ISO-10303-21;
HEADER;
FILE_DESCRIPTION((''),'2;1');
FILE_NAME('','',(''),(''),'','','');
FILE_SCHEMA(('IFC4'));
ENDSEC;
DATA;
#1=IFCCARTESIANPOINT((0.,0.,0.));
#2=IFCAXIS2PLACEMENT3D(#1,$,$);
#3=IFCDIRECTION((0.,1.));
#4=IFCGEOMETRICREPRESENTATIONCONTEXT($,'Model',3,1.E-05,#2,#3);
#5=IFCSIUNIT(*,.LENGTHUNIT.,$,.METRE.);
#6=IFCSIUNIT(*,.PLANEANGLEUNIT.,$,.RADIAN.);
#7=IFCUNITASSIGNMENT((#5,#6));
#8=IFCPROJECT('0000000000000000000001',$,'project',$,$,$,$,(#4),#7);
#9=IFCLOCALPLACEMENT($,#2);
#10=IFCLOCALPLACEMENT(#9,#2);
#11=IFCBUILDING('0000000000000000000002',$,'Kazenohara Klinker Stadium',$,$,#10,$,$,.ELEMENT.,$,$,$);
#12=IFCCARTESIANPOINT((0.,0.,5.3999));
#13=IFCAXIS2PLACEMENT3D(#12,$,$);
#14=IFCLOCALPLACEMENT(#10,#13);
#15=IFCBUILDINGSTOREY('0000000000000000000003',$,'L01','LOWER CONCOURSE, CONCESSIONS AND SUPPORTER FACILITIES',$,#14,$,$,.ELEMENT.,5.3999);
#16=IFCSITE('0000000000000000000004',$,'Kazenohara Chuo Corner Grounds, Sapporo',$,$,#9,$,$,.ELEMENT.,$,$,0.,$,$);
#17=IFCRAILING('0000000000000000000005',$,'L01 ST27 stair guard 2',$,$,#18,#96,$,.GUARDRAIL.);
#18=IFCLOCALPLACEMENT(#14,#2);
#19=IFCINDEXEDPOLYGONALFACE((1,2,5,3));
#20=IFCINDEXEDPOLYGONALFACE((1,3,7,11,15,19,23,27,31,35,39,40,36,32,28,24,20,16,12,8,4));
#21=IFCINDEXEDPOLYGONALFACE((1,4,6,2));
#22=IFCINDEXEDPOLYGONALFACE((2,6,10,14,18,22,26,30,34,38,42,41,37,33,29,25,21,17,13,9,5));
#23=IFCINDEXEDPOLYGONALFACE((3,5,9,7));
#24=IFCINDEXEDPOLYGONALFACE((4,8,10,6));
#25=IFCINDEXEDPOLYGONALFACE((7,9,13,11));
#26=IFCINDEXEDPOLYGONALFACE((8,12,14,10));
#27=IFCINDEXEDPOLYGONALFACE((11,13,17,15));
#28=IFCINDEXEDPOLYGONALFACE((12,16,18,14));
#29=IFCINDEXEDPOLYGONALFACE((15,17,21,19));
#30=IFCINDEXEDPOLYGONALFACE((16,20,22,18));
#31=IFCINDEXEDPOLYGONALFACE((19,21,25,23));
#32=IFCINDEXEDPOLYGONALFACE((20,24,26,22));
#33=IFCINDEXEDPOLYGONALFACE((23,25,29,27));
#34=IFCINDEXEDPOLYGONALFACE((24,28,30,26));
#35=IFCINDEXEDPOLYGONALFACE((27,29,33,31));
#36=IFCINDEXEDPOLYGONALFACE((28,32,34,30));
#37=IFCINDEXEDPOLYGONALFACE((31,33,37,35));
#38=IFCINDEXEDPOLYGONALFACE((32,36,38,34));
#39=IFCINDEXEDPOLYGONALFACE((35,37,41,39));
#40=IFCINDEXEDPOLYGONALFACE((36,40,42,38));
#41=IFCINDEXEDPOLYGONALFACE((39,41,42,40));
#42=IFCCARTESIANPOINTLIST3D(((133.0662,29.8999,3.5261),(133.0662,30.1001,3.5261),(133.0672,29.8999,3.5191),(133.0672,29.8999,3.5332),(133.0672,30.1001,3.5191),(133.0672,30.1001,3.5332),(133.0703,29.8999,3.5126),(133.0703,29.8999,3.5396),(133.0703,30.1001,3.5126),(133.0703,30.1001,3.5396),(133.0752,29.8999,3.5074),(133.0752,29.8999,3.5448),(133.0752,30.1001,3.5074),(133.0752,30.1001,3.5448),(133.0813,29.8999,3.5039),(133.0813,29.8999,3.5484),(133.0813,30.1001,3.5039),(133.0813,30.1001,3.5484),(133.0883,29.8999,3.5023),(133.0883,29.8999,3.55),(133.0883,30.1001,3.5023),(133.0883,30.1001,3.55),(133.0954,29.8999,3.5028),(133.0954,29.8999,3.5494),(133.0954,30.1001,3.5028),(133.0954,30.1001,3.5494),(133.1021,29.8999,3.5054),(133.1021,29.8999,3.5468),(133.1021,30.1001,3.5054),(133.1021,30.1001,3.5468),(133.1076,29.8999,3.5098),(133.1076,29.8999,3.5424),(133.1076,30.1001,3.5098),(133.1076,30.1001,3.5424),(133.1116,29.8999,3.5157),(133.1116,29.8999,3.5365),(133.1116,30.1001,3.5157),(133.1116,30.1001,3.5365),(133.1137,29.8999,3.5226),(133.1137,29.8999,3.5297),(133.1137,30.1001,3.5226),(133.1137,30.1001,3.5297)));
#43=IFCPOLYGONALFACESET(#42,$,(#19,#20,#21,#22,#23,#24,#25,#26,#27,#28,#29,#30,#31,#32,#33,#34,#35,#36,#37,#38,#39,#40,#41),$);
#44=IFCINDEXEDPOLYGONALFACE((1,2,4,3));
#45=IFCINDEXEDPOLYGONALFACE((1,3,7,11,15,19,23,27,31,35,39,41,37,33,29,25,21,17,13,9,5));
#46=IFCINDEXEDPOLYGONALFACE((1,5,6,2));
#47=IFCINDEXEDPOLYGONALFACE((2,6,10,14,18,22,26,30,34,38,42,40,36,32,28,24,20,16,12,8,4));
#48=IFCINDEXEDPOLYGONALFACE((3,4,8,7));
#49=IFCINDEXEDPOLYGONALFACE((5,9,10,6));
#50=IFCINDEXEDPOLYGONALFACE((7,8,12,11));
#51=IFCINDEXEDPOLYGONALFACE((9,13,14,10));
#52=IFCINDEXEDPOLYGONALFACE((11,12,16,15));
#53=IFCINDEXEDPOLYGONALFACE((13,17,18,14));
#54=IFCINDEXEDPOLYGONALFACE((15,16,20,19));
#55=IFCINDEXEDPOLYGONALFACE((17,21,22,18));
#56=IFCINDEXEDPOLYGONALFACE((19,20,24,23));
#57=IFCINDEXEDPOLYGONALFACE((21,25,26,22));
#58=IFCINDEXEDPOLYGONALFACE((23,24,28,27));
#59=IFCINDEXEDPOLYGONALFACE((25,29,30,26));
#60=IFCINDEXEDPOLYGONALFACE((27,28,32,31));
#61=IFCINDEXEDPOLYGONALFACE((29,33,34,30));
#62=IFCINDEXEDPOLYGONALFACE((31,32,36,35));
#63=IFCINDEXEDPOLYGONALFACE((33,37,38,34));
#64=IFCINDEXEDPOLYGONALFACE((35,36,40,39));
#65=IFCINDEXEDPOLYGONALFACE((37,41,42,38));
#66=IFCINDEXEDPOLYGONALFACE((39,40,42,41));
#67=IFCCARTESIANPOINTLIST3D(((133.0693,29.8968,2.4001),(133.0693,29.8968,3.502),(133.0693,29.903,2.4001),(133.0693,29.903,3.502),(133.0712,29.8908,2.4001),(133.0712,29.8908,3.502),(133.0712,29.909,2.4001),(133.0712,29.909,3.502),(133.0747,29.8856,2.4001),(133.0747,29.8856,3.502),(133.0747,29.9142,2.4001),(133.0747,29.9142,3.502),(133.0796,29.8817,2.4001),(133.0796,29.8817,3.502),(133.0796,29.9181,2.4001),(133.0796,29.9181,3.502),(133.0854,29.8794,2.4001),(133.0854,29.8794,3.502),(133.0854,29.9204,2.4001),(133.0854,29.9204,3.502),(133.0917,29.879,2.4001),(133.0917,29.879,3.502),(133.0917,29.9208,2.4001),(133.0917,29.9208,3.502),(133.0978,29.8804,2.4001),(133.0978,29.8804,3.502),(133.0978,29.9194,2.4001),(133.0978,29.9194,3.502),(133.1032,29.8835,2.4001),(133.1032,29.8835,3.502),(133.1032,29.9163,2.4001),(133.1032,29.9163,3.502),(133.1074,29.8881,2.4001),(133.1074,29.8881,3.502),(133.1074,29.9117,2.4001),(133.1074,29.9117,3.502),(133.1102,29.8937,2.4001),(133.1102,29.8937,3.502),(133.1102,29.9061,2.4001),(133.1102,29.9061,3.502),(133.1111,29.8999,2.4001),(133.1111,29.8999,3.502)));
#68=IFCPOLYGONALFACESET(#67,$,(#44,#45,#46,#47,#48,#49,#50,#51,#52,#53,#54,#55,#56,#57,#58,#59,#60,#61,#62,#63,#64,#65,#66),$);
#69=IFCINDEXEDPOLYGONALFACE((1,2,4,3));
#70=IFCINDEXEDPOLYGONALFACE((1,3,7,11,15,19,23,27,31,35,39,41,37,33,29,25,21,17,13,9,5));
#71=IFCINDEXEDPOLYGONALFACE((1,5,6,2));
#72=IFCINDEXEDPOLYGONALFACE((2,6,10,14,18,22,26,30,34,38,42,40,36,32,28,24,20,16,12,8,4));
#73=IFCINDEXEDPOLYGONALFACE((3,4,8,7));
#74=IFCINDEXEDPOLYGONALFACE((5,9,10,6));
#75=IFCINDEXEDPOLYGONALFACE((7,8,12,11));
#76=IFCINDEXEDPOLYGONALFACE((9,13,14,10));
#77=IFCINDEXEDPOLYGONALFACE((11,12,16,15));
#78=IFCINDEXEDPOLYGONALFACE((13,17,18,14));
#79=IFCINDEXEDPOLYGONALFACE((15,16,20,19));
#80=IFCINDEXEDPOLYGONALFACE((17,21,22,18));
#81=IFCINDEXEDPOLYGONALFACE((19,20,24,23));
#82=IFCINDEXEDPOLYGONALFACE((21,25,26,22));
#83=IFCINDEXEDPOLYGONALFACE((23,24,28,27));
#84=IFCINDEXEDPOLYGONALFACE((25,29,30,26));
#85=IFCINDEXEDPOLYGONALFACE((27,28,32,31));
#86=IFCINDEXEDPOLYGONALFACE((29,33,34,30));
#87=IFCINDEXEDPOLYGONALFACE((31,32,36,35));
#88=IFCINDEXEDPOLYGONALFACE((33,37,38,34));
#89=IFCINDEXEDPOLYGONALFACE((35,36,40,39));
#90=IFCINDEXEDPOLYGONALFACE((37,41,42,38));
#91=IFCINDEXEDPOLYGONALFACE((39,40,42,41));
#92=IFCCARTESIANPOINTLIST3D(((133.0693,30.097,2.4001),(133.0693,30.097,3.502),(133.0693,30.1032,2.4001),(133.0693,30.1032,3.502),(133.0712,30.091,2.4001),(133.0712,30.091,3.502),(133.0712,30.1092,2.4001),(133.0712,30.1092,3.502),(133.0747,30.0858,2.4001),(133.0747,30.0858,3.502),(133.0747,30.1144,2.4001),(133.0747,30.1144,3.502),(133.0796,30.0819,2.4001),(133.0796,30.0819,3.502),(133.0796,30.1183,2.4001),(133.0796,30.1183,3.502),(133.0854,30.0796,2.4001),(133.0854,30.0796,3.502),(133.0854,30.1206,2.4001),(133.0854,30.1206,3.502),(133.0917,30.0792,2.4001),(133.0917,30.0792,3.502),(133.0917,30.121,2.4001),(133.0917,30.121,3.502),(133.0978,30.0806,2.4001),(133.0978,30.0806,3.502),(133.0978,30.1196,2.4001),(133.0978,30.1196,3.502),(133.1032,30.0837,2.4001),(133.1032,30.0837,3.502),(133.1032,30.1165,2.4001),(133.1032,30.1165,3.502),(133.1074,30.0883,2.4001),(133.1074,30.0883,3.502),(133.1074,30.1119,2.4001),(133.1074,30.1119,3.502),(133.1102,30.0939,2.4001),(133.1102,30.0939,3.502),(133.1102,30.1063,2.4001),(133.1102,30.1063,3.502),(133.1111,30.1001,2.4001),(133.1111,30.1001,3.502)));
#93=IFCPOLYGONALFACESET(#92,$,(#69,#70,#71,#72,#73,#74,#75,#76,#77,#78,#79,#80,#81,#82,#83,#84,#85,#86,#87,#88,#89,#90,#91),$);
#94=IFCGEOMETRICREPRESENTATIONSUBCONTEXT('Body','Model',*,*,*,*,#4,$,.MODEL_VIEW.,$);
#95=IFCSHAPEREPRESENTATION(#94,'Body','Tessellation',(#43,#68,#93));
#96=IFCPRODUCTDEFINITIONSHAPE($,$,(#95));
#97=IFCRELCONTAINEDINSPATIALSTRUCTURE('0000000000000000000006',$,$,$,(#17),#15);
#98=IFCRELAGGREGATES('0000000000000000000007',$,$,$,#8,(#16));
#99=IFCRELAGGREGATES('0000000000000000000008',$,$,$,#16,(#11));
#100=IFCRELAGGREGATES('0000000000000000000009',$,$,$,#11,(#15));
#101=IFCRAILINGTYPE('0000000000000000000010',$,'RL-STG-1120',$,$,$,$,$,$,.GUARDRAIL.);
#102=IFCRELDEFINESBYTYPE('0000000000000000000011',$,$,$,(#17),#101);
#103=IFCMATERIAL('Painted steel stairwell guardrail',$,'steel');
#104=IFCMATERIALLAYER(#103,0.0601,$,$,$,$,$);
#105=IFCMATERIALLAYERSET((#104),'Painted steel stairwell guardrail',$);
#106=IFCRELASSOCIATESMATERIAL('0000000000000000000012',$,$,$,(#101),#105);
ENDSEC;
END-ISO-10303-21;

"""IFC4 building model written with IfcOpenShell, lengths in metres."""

from ifc_helpers import new_model, si_unit, direction, frame, origin, origin_2d, place, context, subcontext, project, spatial, circle, extrude, material, layer, layer_set, type_object, element, save


model = new_model("IFC4")

# Units and contexts
model_context = context("Model", 3, precision=1e-05, world=origin(), true_north=direction((0.0, 1.0)))
body_context = subcontext(model_context, "Body", "Model", "MODEL_VIEW")
ifc_project = project(units=[si_unit("LENGTHUNIT", "METRE"), si_unit("PLANEANGLEUNIT", "RADIAN")], contexts=[model_context])

# Site, building, storey
site_placement = place(None, origin())
site = spatial("IfcSite", under=ifc_project, at=site_placement, Name="Kazenohara Chuo Corner Grounds, Sapporo", CompositionType="ELEMENT", RefElevation=0.0)
building_placement = place(site_placement, origin())
building = spatial("IfcBuilding", under=site, at=building_placement, Name="Kazenohara Klinker Stadium", CompositionType="ELEMENT")
storey_placement = place(building_placement, frame((0.0, 0.0, 5.3999)))
storey = spatial("IfcBuildingStorey", under=building, at=storey_placement, Name="L01", Description="LOWER CONCOURSE, CONCESSIONS AND SUPPORTER FACILITIES", CompositionType="ELEMENT", Elevation=5.3999)

# Railing
ifc_material_1 = material(Name="Painted steel stairwell guardrail", Category="steel")
ifc_layer_1 = layer(ifc_material_1, 0.0601)
ifc_layer_set_1 = layer_set([ifc_layer_1], Name="Painted steel stairwell guardrail")
railing_type_1 = type_object("IfcRailingType", Name="RL-STG-1120", PredefinedType="GUARDRAIL", material=ifc_layer_set_1)
railing_1_placement = place(storey_placement, frame((133.0901, 29.8999, 2.4001)))
element("IfcRailing", 1, at=railing_1_placement, inside=storey, type_object=railing_type_1, Name="L01 ST27 stair guard 2", PredefinedType="GUARDRAIL", context=body_context, shape_type="SweptSolid", body=[
    extrude(circle(Radius=0.0239, at=origin_2d()), frame((0.0, 0.0, 1.126), z_axis=(0.0, 1.0, 0.0), x_axis=(-1.0, 0.0, 0.0)), (0.0, 0.0, 1.0), 0.2002),
    extrude(circle(Radius=0.021, at=origin_2d()), origin(), (0.0, 0.0, 1.0), 1.1018),
    extrude(circle(Radius=0.021, at=origin_2d()), frame((0.0, 0.2002, 0.0)), (0.0, 0.0, 1.0), 1.1018),
])

save(model, "model.ifc")
